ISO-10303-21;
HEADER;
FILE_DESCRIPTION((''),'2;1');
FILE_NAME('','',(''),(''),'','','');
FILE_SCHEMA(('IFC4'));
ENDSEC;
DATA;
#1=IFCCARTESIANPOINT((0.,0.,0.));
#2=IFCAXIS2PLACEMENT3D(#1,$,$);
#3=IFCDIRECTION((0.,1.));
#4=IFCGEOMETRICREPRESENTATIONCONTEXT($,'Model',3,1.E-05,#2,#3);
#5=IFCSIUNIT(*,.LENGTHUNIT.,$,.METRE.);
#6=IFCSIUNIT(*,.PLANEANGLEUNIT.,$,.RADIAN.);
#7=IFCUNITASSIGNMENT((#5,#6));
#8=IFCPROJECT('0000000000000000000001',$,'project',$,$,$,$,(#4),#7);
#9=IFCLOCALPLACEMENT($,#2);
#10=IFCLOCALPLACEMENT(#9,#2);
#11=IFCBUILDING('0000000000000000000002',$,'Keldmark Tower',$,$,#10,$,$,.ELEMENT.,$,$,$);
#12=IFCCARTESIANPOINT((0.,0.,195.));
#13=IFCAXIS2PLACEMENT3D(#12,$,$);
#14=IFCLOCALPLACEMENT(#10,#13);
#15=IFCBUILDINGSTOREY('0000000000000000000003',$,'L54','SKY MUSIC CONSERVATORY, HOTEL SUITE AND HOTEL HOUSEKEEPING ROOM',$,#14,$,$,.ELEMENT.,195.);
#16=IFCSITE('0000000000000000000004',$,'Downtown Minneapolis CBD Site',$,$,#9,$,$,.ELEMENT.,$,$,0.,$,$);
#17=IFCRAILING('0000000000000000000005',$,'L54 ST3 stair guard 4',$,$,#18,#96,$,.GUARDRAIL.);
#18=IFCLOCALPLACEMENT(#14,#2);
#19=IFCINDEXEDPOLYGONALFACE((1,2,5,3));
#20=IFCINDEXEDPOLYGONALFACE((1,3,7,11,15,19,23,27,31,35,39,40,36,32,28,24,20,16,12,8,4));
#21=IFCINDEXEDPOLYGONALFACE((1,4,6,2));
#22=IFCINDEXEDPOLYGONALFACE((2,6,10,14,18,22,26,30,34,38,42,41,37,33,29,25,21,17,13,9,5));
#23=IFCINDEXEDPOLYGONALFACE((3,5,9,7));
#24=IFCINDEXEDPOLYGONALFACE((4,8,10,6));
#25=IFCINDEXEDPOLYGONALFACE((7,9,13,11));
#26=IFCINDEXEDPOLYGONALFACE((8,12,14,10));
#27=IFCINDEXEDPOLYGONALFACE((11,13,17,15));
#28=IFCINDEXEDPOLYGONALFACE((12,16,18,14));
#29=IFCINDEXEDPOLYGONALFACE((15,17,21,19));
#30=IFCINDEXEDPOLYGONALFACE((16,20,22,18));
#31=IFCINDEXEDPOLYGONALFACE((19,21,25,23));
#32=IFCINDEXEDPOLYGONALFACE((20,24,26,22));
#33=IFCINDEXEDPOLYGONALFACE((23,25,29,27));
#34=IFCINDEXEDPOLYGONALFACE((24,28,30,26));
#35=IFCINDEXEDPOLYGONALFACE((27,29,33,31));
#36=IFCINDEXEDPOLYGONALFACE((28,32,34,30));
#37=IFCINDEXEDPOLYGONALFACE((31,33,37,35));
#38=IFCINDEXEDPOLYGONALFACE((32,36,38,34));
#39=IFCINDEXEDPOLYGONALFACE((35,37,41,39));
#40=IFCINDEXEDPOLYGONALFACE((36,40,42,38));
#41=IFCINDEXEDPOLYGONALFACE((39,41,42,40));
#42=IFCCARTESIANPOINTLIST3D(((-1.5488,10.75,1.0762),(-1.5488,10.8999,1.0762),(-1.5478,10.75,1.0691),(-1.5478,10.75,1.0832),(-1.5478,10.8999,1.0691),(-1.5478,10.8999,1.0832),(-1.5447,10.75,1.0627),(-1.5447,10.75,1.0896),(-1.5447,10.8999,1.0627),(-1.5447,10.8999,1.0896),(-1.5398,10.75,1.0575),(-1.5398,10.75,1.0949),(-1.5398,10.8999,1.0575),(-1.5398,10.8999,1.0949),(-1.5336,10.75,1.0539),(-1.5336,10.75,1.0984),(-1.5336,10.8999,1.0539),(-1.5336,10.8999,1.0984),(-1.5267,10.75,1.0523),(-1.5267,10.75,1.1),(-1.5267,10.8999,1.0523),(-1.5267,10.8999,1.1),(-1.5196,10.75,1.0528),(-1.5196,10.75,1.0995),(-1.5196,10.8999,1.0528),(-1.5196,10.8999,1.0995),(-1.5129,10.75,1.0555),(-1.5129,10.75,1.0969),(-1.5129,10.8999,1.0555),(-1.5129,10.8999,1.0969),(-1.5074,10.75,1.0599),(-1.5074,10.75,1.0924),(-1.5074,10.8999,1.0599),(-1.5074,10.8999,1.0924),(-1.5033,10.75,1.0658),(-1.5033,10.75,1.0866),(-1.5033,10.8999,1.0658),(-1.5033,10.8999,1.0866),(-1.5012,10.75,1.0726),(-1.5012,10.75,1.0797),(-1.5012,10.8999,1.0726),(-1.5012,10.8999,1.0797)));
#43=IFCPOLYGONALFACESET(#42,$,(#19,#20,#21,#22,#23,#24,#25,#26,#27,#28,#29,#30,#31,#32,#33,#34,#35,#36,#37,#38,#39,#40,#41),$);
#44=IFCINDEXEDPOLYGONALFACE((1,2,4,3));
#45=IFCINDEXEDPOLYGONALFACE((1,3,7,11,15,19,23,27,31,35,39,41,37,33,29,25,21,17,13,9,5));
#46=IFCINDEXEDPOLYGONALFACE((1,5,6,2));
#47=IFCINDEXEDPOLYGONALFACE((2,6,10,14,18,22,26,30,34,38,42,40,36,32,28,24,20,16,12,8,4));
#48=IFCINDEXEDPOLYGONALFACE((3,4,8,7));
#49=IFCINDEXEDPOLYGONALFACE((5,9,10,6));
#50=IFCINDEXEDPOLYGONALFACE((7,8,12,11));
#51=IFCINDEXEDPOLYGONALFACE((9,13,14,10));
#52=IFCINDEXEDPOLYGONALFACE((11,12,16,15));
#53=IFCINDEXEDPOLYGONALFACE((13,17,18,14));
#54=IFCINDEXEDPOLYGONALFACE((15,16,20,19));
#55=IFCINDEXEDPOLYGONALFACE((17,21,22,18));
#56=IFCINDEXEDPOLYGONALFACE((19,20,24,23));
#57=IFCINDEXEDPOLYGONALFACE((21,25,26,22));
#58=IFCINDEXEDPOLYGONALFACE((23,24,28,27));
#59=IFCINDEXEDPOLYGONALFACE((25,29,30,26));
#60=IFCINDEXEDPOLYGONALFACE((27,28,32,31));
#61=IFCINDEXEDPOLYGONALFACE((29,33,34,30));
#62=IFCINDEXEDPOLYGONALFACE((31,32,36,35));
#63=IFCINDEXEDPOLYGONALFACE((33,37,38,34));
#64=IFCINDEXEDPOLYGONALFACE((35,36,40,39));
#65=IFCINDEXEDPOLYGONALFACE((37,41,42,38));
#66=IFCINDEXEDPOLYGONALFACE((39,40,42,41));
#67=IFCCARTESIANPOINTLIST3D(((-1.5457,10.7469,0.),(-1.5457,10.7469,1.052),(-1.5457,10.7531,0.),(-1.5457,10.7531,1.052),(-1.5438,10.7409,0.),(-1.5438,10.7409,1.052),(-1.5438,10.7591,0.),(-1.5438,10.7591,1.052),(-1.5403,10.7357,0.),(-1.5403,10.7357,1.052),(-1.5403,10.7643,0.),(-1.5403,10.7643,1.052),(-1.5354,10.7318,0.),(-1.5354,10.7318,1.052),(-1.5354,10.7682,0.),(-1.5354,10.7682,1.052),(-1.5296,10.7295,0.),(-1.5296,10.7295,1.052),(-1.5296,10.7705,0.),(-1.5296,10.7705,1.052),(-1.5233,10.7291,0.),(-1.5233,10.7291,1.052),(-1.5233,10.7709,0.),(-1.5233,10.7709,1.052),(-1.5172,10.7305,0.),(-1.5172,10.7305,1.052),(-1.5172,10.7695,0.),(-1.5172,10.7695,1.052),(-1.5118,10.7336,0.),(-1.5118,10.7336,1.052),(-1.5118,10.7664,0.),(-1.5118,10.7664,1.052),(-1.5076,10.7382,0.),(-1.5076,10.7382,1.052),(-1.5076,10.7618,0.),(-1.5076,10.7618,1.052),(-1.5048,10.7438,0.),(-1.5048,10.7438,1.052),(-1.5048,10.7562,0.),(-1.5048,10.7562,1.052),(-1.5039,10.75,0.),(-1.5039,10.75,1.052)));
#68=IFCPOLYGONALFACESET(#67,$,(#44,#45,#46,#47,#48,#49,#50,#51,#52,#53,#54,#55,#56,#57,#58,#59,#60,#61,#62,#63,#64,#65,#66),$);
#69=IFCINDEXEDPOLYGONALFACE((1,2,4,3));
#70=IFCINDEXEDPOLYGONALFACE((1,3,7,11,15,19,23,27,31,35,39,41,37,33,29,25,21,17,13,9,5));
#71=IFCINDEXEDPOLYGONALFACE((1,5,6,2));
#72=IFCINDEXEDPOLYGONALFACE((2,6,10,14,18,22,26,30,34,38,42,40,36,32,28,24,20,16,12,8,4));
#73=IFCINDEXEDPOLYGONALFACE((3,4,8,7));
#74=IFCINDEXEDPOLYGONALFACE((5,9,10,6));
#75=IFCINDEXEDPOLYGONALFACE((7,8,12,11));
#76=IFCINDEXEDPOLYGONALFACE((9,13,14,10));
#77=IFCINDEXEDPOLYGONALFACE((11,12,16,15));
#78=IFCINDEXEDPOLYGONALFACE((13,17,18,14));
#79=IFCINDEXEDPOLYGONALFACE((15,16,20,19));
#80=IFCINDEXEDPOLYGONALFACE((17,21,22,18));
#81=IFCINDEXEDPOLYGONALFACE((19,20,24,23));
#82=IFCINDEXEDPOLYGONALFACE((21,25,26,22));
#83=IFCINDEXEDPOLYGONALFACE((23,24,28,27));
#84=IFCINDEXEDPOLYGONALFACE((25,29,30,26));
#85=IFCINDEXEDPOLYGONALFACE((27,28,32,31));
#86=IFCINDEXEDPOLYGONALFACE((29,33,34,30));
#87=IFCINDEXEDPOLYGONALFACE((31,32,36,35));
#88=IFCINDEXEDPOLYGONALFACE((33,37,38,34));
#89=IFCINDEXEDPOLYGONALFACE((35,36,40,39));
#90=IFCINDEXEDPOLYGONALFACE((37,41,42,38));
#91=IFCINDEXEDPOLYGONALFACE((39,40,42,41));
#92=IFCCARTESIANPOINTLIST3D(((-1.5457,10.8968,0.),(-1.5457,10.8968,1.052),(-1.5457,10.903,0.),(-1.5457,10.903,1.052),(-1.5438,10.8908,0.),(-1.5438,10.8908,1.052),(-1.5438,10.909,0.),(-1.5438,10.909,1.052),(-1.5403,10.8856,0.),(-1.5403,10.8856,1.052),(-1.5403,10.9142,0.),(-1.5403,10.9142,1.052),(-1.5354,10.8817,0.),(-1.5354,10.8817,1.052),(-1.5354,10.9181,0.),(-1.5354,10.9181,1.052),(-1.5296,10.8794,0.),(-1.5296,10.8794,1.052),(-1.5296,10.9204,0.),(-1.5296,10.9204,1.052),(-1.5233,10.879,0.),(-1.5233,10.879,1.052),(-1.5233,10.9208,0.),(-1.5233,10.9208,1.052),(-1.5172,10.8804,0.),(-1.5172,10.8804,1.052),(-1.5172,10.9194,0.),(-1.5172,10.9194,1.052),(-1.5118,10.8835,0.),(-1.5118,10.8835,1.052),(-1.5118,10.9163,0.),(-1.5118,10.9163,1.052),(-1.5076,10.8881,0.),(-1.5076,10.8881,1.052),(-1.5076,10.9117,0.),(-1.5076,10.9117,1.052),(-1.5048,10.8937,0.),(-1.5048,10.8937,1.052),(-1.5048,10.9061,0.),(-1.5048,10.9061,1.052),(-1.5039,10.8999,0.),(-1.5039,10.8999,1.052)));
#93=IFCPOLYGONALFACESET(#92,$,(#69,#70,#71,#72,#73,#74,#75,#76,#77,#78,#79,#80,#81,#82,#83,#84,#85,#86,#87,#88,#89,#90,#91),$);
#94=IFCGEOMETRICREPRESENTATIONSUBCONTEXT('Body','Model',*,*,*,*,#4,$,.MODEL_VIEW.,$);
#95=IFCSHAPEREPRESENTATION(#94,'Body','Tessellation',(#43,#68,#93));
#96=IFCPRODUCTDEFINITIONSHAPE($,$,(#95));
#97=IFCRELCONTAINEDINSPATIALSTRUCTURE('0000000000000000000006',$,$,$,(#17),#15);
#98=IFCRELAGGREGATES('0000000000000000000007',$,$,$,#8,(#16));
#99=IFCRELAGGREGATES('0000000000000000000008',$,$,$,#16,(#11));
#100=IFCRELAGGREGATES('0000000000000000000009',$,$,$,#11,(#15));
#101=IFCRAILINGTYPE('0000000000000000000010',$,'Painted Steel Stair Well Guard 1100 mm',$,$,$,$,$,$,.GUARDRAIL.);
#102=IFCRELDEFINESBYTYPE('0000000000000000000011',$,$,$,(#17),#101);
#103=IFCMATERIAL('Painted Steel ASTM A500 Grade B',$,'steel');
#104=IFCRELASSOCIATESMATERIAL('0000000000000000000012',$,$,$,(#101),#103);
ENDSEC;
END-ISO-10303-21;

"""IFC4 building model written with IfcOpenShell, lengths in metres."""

from ifc_helpers import new_model, si_unit, direction, frame, origin, origin_2d, place, context, subcontext, project, spatial, circle, extrude, material, type_object, element, save


model = new_model("IFC4")

# Units and contexts
model_context = context("Model", 3, precision=1e-05, world=origin(), true_north=direction((0.0, 1.0)))
body_context = subcontext(model_context, "Body", "Model", "MODEL_VIEW")
ifc_project = project(units=[si_unit("LENGTHUNIT", "METRE"), si_unit("PLANEANGLEUNIT", "RADIAN")], contexts=[model_context])

# Site, building, storey
site_placement = place(None, origin())
site = spatial("IfcSite", under=ifc_project, at=site_placement, Name="Downtown Minneapolis CBD Site", CompositionType="ELEMENT", RefElevation=0.0)
building_placement = place(site_placement, origin())
building = spatial("IfcBuilding", under=site, at=building_placement, Name="Keldmark Tower", CompositionType="ELEMENT")
storey_placement = place(building_placement, frame((0.0, 0.0, 195.0)))
storey = spatial("IfcBuildingStorey", under=building, at=storey_placement, Name="L54", Description="SKY MUSIC CONSERVATORY, HOTEL SUITE AND HOTEL HOUSEKEEPING ROOM", CompositionType="ELEMENT", Elevation=195.0)

# Railing
ifc_material_1 = material(Name="Painted Steel ASTM A500 Grade B", Category="steel")
railing_type_1 = type_object("IfcRailingType", Name="Painted Steel Stair Well Guard 1100 mm", PredefinedType="GUARDRAIL", material=ifc_material_1)
railing_1_placement = place(storey_placement, frame((-1.5249, 10.75, 0.0)))
element("IfcRailing", 1, at=railing_1_placement, inside=storey, type_object=railing_type_1, Name="L54 ST3 stair guard 4", PredefinedType="GUARDRAIL", context=body_context, shape_type="SweptSolid", body=[
    extrude(circle(Radius=0.0239, at=origin_2d()), frame((0.0, 0.0, 1.0762), z_axis=(0.0, 1.0, 0.0), x_axis=(-1.0, 0.0, 0.0)), (0.0, 0.0, 1.0), 0.1499),
    extrude(circle(Radius=0.021, at=origin_2d()), origin(), (0.0, 0.0, 1.0), 1.052),
    extrude(circle(Radius=0.021, at=origin_2d()), frame((0.0, 0.1499, 0.0)), (0.0, 0.0, 1.0), 1.052),
])

save(model, "model.ifc")
